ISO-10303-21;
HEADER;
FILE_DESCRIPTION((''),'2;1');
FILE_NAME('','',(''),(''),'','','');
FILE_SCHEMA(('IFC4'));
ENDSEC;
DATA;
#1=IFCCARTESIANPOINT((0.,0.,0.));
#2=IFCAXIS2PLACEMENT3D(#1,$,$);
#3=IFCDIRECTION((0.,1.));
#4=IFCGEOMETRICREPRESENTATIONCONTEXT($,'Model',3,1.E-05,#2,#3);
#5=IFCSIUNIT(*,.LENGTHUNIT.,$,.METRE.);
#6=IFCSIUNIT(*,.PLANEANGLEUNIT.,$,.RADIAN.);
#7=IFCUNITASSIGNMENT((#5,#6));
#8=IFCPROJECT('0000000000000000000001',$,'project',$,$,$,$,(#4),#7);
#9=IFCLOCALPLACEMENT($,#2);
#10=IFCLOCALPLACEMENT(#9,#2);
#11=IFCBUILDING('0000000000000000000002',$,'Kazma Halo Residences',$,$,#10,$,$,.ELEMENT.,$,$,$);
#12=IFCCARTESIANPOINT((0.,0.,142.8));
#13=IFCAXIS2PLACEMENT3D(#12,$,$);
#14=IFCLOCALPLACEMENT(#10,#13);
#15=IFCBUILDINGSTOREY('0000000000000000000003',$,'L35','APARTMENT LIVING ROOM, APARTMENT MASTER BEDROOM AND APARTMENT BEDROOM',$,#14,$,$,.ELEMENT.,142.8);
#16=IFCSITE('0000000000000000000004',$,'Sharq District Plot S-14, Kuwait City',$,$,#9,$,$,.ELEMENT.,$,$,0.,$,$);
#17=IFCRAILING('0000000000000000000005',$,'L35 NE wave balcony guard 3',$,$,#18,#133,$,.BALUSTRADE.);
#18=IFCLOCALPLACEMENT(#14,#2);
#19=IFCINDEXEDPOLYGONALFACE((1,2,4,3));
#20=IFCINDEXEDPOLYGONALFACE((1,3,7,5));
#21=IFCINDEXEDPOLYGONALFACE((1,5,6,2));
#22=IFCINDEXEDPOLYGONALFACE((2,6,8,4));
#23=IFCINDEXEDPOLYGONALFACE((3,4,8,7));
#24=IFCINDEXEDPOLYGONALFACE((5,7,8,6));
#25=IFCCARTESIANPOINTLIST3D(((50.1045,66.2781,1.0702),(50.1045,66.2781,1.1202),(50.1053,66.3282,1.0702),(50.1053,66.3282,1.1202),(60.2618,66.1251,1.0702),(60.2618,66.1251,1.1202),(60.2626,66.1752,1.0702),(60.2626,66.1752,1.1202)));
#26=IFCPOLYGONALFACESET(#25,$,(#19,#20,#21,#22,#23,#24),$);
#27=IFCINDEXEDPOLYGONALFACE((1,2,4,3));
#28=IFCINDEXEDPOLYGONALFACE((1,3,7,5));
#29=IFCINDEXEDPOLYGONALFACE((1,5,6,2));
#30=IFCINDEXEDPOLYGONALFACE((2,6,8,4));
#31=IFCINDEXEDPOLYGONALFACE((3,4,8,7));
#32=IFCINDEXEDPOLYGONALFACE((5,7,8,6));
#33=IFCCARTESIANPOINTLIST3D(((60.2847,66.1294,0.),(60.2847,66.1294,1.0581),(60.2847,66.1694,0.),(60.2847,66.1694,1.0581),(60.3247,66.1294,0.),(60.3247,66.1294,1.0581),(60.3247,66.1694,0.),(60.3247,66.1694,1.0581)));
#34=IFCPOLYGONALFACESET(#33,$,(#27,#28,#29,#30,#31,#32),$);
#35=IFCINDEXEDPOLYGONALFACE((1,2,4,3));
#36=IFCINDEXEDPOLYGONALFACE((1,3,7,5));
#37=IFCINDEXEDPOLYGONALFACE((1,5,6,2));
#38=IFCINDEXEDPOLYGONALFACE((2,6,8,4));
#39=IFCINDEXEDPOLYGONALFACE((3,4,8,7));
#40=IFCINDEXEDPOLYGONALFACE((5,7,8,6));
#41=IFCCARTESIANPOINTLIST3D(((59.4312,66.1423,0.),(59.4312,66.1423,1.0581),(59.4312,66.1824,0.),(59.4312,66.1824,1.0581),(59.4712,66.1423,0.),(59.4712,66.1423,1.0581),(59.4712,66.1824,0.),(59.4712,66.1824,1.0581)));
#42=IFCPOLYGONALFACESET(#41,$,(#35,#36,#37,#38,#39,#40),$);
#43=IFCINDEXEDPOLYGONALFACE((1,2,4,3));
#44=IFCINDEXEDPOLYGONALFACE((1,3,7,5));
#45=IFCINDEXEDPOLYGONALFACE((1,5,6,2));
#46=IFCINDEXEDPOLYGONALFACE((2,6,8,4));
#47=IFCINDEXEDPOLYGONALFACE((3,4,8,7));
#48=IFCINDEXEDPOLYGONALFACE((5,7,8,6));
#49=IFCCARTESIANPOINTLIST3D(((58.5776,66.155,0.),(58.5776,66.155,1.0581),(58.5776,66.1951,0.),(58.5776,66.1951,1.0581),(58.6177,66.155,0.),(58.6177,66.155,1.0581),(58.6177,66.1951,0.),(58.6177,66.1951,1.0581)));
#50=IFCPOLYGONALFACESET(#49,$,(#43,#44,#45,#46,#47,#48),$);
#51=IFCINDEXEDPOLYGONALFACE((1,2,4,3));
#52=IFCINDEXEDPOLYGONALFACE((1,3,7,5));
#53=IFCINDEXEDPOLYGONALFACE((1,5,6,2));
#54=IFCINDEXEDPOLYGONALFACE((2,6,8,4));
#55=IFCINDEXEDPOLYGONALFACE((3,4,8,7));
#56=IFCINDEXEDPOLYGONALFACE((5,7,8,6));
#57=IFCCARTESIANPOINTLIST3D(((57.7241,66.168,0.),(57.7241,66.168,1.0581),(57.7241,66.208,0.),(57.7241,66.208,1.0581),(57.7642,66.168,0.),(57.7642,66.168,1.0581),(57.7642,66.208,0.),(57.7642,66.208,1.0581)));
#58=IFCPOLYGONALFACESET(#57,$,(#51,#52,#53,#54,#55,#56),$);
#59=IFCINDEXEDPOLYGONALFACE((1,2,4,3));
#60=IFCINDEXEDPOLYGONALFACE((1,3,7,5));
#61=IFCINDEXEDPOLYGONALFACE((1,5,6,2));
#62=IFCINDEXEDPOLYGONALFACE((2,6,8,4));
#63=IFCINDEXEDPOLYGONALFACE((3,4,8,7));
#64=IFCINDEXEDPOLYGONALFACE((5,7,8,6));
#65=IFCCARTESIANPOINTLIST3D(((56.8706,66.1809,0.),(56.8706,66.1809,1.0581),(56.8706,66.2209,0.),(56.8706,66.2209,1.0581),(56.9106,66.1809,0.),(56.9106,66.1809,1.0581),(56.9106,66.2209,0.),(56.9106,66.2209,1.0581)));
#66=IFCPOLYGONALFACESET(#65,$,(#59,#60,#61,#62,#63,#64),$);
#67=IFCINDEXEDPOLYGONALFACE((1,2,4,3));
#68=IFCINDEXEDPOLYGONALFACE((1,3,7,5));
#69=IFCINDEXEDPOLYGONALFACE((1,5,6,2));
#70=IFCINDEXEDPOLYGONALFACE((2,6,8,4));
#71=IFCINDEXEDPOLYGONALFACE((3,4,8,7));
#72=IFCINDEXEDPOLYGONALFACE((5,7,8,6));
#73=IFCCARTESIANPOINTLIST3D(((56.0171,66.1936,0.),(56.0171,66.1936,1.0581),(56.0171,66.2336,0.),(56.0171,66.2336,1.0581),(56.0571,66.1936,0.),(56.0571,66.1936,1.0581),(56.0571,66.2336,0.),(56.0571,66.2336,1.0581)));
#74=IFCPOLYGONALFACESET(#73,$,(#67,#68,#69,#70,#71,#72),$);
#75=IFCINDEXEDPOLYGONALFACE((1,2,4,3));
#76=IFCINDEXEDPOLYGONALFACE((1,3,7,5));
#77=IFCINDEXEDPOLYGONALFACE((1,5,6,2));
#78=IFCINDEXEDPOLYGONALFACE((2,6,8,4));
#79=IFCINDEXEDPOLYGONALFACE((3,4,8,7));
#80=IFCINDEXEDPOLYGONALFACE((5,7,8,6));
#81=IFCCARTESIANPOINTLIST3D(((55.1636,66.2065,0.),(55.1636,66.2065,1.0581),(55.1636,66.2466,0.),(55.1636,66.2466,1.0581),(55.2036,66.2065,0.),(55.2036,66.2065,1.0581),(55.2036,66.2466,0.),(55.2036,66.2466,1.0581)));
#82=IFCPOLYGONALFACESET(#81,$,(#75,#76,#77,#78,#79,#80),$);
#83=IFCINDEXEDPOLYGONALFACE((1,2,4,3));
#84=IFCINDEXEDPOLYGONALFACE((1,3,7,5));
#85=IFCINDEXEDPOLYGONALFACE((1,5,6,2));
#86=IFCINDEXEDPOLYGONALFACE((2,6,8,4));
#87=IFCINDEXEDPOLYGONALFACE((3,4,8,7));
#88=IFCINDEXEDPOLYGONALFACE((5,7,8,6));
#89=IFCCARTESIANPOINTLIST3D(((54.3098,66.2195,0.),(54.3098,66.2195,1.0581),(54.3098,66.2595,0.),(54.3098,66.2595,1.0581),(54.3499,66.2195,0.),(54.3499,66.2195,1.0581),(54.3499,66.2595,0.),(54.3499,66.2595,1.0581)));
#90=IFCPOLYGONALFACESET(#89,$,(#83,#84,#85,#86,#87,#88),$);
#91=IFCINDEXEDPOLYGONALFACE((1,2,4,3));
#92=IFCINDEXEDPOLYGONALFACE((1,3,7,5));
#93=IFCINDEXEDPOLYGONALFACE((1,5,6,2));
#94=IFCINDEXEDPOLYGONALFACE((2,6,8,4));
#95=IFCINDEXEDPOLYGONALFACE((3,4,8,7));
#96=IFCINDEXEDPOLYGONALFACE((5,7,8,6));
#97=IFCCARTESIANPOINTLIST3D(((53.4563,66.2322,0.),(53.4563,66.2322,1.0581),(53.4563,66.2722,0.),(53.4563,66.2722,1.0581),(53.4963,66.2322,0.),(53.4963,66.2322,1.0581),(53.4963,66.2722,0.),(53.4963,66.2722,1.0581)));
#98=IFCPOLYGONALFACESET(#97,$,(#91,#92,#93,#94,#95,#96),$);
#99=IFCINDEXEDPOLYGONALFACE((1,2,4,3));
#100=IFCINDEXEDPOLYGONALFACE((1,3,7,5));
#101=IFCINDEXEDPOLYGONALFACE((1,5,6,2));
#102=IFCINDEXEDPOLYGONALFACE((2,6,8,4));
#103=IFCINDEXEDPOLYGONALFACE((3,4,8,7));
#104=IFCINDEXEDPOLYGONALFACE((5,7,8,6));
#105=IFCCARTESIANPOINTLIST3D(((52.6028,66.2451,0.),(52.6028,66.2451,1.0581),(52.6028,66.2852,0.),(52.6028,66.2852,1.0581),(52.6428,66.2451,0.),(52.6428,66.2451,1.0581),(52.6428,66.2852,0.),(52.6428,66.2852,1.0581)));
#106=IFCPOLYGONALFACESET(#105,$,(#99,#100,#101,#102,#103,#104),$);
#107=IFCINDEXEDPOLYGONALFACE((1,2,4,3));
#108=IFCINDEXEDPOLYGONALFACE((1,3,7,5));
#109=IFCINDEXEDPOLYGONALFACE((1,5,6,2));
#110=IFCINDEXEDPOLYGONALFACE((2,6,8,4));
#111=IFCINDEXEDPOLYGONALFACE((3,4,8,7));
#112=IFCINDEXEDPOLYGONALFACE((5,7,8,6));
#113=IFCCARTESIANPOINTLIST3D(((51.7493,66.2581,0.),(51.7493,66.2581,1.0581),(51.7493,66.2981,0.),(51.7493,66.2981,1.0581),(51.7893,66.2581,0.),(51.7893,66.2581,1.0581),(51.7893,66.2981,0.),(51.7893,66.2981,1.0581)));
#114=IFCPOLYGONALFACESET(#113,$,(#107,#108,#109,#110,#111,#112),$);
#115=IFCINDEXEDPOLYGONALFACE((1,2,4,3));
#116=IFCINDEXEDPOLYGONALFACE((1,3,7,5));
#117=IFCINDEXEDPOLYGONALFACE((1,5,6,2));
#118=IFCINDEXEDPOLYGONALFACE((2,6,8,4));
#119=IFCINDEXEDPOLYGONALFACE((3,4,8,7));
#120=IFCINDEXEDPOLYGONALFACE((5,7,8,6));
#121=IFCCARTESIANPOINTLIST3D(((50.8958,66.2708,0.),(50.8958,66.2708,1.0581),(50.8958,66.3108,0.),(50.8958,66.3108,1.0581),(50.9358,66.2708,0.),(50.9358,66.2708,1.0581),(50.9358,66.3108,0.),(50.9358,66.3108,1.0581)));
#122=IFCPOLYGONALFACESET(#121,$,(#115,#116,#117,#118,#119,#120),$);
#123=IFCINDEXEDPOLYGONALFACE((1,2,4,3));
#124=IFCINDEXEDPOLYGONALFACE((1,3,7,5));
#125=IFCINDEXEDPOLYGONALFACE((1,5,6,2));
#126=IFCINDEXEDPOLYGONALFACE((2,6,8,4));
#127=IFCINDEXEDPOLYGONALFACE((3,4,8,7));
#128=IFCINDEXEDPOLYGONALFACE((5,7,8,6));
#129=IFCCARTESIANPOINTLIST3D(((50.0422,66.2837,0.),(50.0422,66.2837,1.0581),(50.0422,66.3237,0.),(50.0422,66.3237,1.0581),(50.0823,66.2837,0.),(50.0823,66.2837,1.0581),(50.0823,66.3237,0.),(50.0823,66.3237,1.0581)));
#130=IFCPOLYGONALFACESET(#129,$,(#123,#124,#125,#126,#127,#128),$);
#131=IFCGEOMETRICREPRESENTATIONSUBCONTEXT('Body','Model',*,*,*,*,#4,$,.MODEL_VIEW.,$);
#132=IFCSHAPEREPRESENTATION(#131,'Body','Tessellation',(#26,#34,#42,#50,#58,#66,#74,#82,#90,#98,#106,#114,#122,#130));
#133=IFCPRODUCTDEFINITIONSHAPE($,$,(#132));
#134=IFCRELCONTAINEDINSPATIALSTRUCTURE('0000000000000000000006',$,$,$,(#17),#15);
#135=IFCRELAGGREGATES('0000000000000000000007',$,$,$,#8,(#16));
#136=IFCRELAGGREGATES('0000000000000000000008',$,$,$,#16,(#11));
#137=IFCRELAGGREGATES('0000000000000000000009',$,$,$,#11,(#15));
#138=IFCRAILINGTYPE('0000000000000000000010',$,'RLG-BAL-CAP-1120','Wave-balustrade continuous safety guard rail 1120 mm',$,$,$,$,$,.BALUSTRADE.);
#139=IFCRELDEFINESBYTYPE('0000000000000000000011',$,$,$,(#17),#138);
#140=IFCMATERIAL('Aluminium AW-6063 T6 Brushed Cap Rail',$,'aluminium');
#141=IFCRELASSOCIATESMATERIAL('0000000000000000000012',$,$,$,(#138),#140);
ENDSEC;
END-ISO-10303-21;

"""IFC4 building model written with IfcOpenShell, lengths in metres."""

from ifc_helpers import new_model, si_unit, direction, frame, origin, origin_2d, place, context, subcontext, project, spatial, rectangle, extrude, material, type_object, element, save


model = new_model("IFC4")

# Units and contexts
model_context = context("Model", 3, precision=1e-05, world=origin(), true_north=direction((0.0, 1.0)))
body_context = subcontext(model_context, "Body", "Model", "MODEL_VIEW")
ifc_project = project(units=[si_unit("LENGTHUNIT", "METRE"), si_unit("PLANEANGLEUNIT", "RADIAN")], contexts=[model_context])

# Site, building, storey
site_placement = place(None, origin())
site = spatial("IfcSite", under=ifc_project, at=site_placement, Name="Sharq District Plot S-14, Kuwait City", CompositionType="ELEMENT", RefElevation=0.0)
building_placement = place(site_placement, origin())
building = spatial("IfcBuilding", under=site, at=building_placement, Name="Kazma Halo Residences", CompositionType="ELEMENT")
storey_placement = place(building_placement, frame((0.0, 0.0, 142.8)))
storey = spatial("IfcBuildingStorey", under=building, at=storey_placement, Name="L35", Description="APARTMENT LIVING ROOM, APARTMENT MASTER BEDROOM AND APARTMENT BEDROOM", CompositionType="ELEMENT", Elevation=142.8)

# Railing
ifc_material_1 = material(Name="Aluminium AW-6063 T6 Brushed Cap Rail", Category="aluminium")
railing_type = type_object("IfcRailingType", Name="RLG-BAL-CAP-1120", Description="Wave-balustrade continuous safety guard rail 1120 mm", PredefinedType="BALUSTRADE", material=ifc_material_1)
railing_1_placement = place(storey_placement, frame((60.3047, 66.1494, 0.0)))
element("IfcRailing", 1, at=railing_1_placement, inside=storey, type_object=railing_type, Name="L35 NE wave balcony guard 3", PredefinedType="BALUSTRADE", context=body_context, shape_type="SweptSolid", body=[
    extrude(rectangle(XDim=0.05, YDim=0.05, at=origin_2d()), frame((-0.0425, 0.0007, 1.0952), z_axis=(-0.999887, 0.015063, 0.0), x_axis=(-0.015063, -0.999887, 0.0)), (0.0, 0.0, 1.0), 10.1584),
    extrude(rectangle(XDim=0.04, YDim=0.04, at=origin_2d()), origin(), (0.0, 0.0, 1.0), 1.0581),
    extrude(rectangle(XDim=0.04, YDim=0.04, at=origin_2d()), frame((-0.8535, 0.0129, 0.0)), (0.0, 0.0, 1.0), 1.0581),
    extrude(rectangle(XDim=0.04, YDim=0.04, at=origin_2d()), frame((-1.707, 0.0256, 0.0)), (0.0, 0.0, 1.0), 1.0581),
    extrude(rectangle(XDim=0.04, YDim=0.04, at=origin_2d()), frame((-2.5605, 0.0386, 0.0)), (0.0, 0.0, 1.0), 1.0581),
    extrude(rectangle(XDim=0.04, YDim=0.04, at=origin_2d()), frame((-3.4141, 0.0515, 0.0)), (0.0, 0.0, 1.0), 1.0581),
    extrude(rectangle(XDim=0.04, YDim=0.04, at=origin_2d()), frame((-4.2676, 0.0642, 0.0)), (0.0, 0.0, 1.0), 1.0581),
    extrude(rectangle(XDim=0.04, YDim=0.04, at=origin_2d()), frame((-5.1211, 0.0771, 0.0)), (0.0, 0.0, 1.0), 1.0581),
    extrude(rectangle(XDim=0.04, YDim=0.04, at=origin_2d()), frame((-5.9749, 0.0901, 0.0)), (0.0, 0.0, 1.0), 1.0581),
    extrude(rectangle(XDim=0.04, YDim=0.04, at=origin_2d()), frame((-6.8284, 0.1028, 0.0)), (0.0, 0.0, 1.0), 1.0581),
    extrude(rectangle(XDim=0.04, YDim=0.04, at=origin_2d()), frame((-7.6819, 0.1157, 0.0)), (0.0, 0.0, 1.0), 1.0581),
    extrude(rectangle(XDim=0.04, YDim=0.04, at=origin_2d()), frame((-8.5354, 0.1287, 0.0)), (0.0, 0.0, 1.0), 1.0581),
    extrude(rectangle(XDim=0.04, YDim=0.04, at=origin_2d()), frame((-9.3889, 0.1414, 0.0)), (0.0, 0.0, 1.0), 1.0581),
    extrude(rectangle(XDim=0.04, YDim=0.04, at=origin_2d()), frame((-10.2424, 0.1543, 0.0)), (0.0, 0.0, 1.0), 1.0581),
])

save(model, "model.ifc")
